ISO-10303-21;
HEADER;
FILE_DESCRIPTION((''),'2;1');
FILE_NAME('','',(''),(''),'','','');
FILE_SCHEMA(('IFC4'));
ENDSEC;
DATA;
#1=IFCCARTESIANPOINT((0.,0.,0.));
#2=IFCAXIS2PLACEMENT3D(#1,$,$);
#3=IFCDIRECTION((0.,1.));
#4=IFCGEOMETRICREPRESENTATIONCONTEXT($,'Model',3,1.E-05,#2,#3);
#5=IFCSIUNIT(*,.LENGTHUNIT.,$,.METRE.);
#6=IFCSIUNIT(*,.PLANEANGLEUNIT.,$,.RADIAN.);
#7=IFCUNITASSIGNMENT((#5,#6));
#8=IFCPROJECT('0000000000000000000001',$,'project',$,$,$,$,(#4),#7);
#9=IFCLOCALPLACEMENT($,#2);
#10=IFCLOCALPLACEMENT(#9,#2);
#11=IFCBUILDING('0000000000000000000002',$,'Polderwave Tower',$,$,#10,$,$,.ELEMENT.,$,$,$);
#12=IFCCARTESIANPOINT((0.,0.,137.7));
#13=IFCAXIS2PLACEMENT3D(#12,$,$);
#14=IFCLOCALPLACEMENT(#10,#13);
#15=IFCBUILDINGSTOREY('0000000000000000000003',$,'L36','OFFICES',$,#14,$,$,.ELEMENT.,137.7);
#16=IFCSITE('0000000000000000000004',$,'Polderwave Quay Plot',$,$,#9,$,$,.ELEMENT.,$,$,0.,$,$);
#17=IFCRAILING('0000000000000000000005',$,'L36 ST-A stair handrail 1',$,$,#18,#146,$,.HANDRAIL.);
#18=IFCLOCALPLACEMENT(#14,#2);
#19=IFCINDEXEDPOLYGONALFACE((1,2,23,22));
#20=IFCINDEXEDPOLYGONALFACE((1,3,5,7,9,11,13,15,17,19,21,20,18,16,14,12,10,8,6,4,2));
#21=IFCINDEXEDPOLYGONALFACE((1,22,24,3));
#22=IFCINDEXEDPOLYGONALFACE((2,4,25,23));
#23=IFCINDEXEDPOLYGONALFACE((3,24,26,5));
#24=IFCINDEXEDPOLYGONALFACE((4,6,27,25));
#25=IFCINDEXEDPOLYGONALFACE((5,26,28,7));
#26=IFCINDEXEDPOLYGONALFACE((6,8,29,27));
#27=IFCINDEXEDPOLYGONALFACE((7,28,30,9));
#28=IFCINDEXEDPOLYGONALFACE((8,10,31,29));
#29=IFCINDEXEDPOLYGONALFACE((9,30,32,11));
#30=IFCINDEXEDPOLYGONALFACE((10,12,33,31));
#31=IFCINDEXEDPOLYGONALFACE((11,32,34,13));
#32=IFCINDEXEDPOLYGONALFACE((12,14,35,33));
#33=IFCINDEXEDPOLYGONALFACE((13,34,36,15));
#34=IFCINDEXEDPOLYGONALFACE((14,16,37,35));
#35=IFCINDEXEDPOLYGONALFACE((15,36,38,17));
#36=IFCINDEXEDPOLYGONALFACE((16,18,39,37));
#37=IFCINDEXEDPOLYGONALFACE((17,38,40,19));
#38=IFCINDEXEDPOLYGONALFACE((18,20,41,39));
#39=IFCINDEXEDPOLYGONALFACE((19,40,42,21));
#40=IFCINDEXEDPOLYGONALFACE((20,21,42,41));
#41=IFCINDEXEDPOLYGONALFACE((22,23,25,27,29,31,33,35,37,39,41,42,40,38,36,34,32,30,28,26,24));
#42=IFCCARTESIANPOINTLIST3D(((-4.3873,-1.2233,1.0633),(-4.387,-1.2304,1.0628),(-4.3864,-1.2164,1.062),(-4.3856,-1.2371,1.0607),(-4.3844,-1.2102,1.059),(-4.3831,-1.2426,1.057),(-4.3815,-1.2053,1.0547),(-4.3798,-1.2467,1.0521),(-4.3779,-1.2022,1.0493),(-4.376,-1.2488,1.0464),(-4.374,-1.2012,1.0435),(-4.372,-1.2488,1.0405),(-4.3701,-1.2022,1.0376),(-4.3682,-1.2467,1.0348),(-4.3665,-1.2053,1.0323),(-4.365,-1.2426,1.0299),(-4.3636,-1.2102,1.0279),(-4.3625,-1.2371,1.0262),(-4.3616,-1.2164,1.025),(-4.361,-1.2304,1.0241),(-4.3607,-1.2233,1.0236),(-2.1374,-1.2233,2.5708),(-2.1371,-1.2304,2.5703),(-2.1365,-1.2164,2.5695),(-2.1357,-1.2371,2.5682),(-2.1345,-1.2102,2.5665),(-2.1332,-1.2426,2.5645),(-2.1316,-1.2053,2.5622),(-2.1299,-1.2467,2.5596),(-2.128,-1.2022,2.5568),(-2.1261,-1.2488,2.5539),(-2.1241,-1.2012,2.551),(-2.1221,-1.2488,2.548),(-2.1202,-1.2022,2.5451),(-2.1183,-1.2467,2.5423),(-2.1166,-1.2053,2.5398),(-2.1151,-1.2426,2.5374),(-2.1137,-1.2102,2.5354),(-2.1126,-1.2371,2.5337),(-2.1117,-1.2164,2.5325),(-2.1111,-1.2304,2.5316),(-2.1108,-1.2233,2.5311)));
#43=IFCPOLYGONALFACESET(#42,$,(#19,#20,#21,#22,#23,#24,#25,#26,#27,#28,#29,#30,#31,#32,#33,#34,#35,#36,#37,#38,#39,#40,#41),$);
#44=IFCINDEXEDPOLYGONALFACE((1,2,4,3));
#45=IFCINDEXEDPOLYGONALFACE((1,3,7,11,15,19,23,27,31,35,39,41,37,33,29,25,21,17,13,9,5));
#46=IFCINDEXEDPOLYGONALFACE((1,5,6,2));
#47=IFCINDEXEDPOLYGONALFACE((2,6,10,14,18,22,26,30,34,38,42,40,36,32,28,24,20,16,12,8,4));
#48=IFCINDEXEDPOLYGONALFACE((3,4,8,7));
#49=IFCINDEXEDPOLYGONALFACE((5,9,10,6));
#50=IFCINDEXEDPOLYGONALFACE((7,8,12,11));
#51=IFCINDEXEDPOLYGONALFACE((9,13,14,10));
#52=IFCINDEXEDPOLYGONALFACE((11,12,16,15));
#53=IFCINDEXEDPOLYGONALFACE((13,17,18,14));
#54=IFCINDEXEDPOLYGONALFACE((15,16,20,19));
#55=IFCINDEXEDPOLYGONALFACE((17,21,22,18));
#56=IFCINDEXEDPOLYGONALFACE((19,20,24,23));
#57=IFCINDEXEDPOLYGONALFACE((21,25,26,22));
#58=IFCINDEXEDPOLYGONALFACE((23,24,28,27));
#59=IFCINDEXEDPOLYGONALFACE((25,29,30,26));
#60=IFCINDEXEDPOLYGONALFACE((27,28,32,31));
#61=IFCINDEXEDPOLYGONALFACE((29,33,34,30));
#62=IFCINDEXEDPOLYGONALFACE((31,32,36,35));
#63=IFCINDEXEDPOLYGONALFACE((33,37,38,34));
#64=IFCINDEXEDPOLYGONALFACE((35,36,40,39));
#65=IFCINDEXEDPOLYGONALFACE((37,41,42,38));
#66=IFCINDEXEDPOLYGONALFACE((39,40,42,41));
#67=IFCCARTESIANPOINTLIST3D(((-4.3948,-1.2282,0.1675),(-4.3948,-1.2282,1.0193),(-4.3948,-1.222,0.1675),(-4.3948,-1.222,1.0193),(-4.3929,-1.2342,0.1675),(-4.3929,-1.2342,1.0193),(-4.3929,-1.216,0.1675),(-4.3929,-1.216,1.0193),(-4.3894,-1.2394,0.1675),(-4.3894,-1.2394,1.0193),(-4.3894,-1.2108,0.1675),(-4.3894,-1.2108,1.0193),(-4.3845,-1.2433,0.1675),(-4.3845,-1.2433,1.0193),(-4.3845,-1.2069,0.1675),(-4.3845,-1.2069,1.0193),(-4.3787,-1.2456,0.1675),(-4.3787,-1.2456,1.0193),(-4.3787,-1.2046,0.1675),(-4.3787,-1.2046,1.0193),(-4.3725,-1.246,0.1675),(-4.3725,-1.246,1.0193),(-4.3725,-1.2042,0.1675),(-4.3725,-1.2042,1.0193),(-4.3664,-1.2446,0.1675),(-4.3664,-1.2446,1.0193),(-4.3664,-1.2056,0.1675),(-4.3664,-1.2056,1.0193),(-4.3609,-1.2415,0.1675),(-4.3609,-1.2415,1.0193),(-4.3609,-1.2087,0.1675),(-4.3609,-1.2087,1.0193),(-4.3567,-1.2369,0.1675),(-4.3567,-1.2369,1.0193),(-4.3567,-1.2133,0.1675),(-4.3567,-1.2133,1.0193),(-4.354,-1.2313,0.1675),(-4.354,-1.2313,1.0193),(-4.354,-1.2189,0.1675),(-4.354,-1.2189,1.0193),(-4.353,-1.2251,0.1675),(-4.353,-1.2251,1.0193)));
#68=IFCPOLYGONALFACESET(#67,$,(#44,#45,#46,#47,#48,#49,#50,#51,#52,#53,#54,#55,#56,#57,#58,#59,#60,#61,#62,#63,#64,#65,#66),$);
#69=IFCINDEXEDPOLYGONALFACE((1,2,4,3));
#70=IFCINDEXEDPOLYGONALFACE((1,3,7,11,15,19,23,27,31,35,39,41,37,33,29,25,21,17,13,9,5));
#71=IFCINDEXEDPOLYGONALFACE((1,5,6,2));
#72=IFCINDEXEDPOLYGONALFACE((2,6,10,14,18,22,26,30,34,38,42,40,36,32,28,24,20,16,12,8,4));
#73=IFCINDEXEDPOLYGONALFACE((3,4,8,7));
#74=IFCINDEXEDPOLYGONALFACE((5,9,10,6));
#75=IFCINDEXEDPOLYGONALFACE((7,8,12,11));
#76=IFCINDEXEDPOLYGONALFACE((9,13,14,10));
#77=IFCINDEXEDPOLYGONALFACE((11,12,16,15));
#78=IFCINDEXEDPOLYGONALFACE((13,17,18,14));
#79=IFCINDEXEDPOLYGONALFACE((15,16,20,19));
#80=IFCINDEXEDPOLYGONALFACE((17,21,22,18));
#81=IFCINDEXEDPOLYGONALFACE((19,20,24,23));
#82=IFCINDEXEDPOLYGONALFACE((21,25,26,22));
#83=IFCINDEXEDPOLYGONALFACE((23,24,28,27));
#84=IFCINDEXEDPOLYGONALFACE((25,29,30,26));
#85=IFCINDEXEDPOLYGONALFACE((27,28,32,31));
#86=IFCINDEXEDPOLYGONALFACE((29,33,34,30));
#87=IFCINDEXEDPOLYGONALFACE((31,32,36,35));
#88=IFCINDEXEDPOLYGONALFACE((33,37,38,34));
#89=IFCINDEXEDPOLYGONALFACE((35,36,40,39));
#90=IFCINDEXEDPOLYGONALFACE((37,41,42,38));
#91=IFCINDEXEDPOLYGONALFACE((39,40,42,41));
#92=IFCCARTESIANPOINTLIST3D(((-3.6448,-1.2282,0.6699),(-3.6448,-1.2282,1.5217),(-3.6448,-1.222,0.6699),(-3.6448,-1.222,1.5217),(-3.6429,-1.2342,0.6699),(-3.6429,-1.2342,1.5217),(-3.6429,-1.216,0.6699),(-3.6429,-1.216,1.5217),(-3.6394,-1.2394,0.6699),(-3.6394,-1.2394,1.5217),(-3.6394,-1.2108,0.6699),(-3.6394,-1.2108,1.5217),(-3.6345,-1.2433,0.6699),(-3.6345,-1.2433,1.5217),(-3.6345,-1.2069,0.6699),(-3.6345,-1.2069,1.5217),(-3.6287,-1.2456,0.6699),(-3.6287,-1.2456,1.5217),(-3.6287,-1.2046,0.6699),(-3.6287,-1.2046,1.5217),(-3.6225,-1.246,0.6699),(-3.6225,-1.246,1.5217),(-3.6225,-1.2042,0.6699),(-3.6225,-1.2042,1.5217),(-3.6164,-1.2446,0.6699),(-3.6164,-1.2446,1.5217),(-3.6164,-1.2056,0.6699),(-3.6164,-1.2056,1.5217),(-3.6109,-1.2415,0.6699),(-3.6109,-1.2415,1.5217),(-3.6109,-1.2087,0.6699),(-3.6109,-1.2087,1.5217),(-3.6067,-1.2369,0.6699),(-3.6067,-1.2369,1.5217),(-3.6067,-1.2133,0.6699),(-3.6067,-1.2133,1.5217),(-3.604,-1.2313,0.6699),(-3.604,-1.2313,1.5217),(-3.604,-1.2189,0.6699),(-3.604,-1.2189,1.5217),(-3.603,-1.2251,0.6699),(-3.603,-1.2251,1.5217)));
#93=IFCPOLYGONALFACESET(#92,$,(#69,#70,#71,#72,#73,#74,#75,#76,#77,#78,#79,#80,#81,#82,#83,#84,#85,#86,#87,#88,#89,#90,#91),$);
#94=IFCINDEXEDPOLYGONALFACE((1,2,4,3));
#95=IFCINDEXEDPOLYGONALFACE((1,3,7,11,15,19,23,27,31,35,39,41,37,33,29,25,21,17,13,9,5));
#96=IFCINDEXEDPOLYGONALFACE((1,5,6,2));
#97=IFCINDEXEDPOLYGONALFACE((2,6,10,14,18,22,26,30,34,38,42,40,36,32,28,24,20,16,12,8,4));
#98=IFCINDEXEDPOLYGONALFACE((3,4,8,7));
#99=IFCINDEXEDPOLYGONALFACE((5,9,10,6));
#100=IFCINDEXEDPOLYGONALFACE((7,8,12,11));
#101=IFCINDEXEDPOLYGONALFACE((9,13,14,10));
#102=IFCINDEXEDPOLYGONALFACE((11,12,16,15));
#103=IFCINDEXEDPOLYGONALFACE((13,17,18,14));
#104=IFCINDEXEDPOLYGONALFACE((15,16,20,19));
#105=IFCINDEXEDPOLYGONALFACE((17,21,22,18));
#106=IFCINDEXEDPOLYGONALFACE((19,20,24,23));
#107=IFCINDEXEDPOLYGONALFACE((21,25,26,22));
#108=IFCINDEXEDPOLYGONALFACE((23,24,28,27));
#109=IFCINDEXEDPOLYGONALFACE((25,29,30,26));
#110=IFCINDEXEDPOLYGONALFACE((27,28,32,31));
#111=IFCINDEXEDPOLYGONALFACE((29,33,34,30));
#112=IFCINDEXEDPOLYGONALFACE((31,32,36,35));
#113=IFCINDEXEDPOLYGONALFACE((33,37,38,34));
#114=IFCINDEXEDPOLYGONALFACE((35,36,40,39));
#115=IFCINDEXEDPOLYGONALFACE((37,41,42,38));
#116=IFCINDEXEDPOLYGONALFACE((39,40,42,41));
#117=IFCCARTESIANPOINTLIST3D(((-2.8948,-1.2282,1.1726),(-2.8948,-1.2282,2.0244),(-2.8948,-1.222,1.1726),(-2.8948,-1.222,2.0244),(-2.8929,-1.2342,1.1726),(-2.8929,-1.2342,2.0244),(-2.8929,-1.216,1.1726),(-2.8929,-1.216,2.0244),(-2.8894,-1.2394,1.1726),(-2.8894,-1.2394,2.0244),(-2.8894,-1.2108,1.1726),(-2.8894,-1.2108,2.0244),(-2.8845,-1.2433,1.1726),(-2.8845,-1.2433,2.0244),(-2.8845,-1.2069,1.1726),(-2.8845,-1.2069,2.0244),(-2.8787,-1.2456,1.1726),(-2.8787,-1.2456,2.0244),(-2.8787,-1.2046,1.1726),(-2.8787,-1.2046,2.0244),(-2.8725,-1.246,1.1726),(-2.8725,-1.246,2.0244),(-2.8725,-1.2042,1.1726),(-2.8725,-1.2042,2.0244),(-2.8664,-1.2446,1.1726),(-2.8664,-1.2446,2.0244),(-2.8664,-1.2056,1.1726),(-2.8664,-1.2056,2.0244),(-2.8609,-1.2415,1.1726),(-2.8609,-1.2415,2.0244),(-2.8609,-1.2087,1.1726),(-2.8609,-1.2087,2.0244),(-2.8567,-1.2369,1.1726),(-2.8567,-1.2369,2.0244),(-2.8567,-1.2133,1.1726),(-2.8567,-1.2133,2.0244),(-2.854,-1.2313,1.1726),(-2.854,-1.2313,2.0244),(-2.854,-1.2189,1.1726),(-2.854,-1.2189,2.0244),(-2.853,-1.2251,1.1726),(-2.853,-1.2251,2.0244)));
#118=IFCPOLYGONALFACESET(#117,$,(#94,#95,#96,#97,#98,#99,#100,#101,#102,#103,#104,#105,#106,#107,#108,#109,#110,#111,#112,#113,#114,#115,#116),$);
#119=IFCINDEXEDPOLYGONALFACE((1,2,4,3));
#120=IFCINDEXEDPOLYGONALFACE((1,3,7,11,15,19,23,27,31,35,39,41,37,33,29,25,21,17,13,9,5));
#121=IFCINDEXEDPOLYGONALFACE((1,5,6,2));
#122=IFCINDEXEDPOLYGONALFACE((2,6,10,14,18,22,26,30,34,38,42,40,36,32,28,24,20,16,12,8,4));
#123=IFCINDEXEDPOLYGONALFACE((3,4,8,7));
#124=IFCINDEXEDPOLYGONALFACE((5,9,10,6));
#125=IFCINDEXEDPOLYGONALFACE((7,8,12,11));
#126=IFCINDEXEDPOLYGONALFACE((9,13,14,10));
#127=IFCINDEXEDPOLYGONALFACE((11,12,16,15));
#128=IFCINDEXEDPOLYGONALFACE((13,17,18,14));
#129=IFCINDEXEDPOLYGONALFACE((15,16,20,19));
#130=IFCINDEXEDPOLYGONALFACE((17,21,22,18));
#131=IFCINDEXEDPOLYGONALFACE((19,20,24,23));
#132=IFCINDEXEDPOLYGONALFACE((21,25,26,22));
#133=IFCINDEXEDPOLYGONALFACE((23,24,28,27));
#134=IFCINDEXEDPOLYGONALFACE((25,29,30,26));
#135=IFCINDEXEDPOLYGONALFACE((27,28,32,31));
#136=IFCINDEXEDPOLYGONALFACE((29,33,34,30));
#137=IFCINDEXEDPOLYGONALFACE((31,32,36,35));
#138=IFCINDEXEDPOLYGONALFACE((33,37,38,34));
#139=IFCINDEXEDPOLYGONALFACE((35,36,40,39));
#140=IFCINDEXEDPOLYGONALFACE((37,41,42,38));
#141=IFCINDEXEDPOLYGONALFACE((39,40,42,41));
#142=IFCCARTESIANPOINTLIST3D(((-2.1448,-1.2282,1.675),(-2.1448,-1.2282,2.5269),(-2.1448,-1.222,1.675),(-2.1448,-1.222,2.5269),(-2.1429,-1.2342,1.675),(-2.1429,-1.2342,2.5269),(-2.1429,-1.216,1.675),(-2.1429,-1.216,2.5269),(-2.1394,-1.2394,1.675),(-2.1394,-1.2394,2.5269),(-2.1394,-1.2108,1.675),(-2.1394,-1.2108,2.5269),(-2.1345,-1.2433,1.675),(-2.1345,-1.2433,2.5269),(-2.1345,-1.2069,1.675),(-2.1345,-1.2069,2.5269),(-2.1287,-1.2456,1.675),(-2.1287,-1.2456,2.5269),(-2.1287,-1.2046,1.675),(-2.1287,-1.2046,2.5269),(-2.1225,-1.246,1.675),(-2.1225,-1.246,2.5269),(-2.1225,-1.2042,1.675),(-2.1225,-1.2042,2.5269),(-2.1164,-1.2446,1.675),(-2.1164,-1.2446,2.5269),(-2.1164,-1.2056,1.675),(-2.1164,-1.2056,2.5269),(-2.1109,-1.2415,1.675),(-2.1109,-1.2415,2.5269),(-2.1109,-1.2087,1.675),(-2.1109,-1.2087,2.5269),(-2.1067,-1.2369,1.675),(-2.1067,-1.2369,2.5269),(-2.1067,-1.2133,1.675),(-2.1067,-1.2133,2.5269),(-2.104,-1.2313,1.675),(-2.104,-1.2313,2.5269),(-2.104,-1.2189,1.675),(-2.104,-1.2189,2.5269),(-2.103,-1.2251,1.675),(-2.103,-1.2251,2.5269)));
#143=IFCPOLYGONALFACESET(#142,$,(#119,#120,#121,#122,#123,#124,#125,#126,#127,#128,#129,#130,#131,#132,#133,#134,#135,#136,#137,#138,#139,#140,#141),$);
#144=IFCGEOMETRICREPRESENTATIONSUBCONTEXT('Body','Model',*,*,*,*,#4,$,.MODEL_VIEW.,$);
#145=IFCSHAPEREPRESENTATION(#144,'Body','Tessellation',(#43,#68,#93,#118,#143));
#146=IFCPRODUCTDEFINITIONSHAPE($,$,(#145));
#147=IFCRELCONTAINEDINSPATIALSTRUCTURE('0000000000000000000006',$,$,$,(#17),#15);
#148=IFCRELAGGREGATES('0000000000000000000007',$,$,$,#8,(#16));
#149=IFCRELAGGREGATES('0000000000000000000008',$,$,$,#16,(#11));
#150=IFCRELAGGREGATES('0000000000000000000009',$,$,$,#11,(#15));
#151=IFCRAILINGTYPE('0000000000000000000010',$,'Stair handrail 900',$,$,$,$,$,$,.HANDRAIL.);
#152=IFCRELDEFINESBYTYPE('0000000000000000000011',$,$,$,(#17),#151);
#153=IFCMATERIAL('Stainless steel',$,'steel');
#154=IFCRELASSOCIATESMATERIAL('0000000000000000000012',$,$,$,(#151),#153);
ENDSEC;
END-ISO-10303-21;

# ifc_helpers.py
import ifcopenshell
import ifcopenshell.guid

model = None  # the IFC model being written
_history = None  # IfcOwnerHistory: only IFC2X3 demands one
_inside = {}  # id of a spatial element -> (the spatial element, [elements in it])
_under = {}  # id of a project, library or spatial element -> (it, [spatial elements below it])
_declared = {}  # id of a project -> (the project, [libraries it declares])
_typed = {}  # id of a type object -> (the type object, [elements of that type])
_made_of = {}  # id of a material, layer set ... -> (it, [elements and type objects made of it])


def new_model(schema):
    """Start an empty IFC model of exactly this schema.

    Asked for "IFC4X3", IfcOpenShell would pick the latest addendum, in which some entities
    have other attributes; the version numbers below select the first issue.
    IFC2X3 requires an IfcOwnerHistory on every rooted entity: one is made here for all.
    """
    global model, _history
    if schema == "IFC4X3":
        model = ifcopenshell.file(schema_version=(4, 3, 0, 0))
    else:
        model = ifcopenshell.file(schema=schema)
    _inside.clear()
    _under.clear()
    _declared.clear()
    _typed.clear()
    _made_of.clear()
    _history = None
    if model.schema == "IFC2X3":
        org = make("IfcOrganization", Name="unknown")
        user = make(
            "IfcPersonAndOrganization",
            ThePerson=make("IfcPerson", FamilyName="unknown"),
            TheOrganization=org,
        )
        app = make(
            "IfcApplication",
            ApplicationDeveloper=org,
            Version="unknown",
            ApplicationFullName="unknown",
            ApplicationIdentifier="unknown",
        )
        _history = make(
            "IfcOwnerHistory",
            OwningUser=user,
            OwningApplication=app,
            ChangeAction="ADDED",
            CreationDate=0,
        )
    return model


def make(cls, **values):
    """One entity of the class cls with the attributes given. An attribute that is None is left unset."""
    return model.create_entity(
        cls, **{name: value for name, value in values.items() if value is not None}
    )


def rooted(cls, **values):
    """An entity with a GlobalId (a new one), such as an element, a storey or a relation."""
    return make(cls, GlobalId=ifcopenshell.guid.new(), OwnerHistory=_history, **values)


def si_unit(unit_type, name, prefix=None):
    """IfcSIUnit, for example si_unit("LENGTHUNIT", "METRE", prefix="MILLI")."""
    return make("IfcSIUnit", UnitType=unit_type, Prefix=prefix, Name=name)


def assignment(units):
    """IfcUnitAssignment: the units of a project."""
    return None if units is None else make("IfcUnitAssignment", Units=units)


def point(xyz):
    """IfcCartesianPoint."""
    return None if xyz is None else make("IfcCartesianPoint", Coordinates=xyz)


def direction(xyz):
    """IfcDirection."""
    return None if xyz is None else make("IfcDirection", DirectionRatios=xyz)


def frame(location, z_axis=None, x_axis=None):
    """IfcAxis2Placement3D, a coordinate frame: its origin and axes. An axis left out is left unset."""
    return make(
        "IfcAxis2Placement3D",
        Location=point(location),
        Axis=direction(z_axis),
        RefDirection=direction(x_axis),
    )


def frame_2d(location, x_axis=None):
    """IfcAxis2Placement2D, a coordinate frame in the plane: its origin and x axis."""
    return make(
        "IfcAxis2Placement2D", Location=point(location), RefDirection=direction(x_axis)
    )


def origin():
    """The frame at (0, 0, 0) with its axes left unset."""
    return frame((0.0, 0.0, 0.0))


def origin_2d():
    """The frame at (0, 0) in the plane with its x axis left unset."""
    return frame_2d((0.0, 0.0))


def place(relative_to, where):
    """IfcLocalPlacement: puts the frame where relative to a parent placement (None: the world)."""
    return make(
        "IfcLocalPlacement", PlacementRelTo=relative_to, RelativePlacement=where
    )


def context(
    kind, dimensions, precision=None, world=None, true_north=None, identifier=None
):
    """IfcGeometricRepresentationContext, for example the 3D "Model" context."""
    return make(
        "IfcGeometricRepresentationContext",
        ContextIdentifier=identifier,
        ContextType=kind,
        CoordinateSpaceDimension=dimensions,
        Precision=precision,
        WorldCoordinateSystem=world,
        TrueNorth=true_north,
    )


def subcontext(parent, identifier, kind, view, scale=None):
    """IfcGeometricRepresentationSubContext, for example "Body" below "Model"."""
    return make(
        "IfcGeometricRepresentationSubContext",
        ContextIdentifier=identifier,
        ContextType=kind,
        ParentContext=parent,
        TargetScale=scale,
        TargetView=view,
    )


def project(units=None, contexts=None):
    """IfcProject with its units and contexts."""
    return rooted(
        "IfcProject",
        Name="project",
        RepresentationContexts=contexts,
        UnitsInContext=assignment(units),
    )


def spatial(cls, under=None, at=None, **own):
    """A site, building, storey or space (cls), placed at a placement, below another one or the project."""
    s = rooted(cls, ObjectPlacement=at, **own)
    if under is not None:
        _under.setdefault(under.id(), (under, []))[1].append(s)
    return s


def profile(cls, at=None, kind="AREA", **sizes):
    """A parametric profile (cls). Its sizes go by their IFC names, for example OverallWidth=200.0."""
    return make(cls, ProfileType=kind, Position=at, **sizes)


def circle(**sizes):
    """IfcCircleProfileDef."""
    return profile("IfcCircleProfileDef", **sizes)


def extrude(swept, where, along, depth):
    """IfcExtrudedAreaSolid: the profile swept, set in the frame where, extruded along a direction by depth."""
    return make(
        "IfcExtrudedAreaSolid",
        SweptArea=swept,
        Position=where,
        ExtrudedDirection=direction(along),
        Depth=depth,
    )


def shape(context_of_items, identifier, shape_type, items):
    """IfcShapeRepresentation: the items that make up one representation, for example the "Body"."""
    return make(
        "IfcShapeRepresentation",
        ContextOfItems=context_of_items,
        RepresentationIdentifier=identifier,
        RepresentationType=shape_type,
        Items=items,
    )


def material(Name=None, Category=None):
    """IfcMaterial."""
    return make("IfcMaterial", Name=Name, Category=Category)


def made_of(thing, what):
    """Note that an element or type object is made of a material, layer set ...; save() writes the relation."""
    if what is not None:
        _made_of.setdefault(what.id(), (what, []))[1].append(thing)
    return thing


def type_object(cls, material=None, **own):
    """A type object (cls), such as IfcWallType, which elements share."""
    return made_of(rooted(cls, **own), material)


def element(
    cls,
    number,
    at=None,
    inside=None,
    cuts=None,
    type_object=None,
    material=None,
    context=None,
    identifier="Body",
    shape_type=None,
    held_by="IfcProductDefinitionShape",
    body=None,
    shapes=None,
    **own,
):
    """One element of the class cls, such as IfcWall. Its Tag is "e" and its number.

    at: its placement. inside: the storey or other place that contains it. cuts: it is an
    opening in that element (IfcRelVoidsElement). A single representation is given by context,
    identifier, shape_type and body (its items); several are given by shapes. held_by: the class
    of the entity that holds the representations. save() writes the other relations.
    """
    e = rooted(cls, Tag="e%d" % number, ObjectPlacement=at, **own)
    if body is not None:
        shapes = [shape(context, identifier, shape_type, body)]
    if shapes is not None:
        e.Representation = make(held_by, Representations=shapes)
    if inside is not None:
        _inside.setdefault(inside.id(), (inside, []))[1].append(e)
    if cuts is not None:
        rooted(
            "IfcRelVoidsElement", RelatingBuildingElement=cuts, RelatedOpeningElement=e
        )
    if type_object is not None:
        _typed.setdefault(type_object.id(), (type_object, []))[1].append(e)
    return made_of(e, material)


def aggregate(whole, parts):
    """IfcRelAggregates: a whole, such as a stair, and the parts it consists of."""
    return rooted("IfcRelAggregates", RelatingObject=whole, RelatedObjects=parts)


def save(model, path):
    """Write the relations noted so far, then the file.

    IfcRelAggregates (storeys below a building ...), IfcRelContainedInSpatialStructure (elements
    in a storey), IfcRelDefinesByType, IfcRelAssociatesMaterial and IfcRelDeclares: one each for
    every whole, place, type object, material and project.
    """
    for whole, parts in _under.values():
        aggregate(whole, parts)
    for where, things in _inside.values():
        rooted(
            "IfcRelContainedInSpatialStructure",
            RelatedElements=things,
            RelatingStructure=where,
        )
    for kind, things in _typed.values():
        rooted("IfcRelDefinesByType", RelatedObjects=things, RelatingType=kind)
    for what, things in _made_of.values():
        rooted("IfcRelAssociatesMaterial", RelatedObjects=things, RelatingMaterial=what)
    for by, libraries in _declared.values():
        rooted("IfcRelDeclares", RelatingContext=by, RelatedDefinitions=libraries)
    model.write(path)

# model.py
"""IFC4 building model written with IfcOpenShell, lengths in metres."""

from ifc_helpers import new_model, si_unit, direction, frame, origin, origin_2d, place, context, subcontext, project, spatial, circle, extrude, material, type_object, element, save


model = new_model("IFC4")

# Units and contexts
model_context = context("Model", 3, precision=1e-05, world=origin(), true_north=direction((0.0, 1.0)))
body_context = subcontext(model_context, "Body", "Model", "MODEL_VIEW")
ifc_project = project(units=[si_unit("LENGTHUNIT", "METRE"), si_unit("PLANEANGLEUNIT", "RADIAN")], contexts=[model_context])

# Site, building, storey
site_placement = place(None, origin())
site = spatial("IfcSite", under=ifc_project, at=site_placement, Name="Polderwave Quay Plot", CompositionType="ELEMENT", RefElevation=0.0)
building_placement = place(site_placement, origin())
building = spatial("IfcBuilding", under=site, at=building_placement, Name="Polderwave Tower", CompositionType="ELEMENT")
storey_placement = place(building_placement, frame((0.0, 0.0, 137.7)))
storey = spatial("IfcBuildingStorey", under=building, at=storey_placement, Name="L36", Description="OFFICES", CompositionType="ELEMENT", Elevation=137.7)

# Railing
ifc_material_1 = material(Name="Stainless steel", Category="steel")
railing_type_1 = type_object("IfcRailingType", Name="Stair handrail 900", PredefinedType="HANDRAIL", material=ifc_material_1)
railing_1_placement = place(storey_placement, frame((-4.374, -1.2251, 0.1675)))
element("IfcRailing", 1, at=railing_1_placement, inside=storey, type_object=railing_type_1, Name="L36 ST-A stair handrail 1", PredefinedType="HANDRAIL", context=body_context, shape_type="SweptSolid", body=[
    extrude(circle(Radius=0.0239, at=origin_2d()), frame((0.0, 0.0, 0.876), z_axis=(0.830758, 0.0, 0.556633), x_axis=(0.0, 1.0, 0.0)), (0.0, 0.0, 1.0), 2.7083),
    extrude(circle(Radius=0.021, at=origin_2d()), origin(), (0.0, 0.0, 1.0), 0.8518),
    extrude(circle(Radius=0.021, at=origin_2d()), frame((0.75, 0.0, 0.5024)), (0.0, 0.0, 1.0), 0.8518),
    extrude(circle(Radius=0.021, at=origin_2d()), frame((1.5, 0.0, 1.0051)), (0.0, 0.0, 1.0), 0.8518),
    extrude(circle(Radius=0.021, at=origin_2d()), frame((2.25, 0.0, 1.5076)), (0.0, 0.0, 1.0), 0.8518),
])

save(model, "model.ifc")
